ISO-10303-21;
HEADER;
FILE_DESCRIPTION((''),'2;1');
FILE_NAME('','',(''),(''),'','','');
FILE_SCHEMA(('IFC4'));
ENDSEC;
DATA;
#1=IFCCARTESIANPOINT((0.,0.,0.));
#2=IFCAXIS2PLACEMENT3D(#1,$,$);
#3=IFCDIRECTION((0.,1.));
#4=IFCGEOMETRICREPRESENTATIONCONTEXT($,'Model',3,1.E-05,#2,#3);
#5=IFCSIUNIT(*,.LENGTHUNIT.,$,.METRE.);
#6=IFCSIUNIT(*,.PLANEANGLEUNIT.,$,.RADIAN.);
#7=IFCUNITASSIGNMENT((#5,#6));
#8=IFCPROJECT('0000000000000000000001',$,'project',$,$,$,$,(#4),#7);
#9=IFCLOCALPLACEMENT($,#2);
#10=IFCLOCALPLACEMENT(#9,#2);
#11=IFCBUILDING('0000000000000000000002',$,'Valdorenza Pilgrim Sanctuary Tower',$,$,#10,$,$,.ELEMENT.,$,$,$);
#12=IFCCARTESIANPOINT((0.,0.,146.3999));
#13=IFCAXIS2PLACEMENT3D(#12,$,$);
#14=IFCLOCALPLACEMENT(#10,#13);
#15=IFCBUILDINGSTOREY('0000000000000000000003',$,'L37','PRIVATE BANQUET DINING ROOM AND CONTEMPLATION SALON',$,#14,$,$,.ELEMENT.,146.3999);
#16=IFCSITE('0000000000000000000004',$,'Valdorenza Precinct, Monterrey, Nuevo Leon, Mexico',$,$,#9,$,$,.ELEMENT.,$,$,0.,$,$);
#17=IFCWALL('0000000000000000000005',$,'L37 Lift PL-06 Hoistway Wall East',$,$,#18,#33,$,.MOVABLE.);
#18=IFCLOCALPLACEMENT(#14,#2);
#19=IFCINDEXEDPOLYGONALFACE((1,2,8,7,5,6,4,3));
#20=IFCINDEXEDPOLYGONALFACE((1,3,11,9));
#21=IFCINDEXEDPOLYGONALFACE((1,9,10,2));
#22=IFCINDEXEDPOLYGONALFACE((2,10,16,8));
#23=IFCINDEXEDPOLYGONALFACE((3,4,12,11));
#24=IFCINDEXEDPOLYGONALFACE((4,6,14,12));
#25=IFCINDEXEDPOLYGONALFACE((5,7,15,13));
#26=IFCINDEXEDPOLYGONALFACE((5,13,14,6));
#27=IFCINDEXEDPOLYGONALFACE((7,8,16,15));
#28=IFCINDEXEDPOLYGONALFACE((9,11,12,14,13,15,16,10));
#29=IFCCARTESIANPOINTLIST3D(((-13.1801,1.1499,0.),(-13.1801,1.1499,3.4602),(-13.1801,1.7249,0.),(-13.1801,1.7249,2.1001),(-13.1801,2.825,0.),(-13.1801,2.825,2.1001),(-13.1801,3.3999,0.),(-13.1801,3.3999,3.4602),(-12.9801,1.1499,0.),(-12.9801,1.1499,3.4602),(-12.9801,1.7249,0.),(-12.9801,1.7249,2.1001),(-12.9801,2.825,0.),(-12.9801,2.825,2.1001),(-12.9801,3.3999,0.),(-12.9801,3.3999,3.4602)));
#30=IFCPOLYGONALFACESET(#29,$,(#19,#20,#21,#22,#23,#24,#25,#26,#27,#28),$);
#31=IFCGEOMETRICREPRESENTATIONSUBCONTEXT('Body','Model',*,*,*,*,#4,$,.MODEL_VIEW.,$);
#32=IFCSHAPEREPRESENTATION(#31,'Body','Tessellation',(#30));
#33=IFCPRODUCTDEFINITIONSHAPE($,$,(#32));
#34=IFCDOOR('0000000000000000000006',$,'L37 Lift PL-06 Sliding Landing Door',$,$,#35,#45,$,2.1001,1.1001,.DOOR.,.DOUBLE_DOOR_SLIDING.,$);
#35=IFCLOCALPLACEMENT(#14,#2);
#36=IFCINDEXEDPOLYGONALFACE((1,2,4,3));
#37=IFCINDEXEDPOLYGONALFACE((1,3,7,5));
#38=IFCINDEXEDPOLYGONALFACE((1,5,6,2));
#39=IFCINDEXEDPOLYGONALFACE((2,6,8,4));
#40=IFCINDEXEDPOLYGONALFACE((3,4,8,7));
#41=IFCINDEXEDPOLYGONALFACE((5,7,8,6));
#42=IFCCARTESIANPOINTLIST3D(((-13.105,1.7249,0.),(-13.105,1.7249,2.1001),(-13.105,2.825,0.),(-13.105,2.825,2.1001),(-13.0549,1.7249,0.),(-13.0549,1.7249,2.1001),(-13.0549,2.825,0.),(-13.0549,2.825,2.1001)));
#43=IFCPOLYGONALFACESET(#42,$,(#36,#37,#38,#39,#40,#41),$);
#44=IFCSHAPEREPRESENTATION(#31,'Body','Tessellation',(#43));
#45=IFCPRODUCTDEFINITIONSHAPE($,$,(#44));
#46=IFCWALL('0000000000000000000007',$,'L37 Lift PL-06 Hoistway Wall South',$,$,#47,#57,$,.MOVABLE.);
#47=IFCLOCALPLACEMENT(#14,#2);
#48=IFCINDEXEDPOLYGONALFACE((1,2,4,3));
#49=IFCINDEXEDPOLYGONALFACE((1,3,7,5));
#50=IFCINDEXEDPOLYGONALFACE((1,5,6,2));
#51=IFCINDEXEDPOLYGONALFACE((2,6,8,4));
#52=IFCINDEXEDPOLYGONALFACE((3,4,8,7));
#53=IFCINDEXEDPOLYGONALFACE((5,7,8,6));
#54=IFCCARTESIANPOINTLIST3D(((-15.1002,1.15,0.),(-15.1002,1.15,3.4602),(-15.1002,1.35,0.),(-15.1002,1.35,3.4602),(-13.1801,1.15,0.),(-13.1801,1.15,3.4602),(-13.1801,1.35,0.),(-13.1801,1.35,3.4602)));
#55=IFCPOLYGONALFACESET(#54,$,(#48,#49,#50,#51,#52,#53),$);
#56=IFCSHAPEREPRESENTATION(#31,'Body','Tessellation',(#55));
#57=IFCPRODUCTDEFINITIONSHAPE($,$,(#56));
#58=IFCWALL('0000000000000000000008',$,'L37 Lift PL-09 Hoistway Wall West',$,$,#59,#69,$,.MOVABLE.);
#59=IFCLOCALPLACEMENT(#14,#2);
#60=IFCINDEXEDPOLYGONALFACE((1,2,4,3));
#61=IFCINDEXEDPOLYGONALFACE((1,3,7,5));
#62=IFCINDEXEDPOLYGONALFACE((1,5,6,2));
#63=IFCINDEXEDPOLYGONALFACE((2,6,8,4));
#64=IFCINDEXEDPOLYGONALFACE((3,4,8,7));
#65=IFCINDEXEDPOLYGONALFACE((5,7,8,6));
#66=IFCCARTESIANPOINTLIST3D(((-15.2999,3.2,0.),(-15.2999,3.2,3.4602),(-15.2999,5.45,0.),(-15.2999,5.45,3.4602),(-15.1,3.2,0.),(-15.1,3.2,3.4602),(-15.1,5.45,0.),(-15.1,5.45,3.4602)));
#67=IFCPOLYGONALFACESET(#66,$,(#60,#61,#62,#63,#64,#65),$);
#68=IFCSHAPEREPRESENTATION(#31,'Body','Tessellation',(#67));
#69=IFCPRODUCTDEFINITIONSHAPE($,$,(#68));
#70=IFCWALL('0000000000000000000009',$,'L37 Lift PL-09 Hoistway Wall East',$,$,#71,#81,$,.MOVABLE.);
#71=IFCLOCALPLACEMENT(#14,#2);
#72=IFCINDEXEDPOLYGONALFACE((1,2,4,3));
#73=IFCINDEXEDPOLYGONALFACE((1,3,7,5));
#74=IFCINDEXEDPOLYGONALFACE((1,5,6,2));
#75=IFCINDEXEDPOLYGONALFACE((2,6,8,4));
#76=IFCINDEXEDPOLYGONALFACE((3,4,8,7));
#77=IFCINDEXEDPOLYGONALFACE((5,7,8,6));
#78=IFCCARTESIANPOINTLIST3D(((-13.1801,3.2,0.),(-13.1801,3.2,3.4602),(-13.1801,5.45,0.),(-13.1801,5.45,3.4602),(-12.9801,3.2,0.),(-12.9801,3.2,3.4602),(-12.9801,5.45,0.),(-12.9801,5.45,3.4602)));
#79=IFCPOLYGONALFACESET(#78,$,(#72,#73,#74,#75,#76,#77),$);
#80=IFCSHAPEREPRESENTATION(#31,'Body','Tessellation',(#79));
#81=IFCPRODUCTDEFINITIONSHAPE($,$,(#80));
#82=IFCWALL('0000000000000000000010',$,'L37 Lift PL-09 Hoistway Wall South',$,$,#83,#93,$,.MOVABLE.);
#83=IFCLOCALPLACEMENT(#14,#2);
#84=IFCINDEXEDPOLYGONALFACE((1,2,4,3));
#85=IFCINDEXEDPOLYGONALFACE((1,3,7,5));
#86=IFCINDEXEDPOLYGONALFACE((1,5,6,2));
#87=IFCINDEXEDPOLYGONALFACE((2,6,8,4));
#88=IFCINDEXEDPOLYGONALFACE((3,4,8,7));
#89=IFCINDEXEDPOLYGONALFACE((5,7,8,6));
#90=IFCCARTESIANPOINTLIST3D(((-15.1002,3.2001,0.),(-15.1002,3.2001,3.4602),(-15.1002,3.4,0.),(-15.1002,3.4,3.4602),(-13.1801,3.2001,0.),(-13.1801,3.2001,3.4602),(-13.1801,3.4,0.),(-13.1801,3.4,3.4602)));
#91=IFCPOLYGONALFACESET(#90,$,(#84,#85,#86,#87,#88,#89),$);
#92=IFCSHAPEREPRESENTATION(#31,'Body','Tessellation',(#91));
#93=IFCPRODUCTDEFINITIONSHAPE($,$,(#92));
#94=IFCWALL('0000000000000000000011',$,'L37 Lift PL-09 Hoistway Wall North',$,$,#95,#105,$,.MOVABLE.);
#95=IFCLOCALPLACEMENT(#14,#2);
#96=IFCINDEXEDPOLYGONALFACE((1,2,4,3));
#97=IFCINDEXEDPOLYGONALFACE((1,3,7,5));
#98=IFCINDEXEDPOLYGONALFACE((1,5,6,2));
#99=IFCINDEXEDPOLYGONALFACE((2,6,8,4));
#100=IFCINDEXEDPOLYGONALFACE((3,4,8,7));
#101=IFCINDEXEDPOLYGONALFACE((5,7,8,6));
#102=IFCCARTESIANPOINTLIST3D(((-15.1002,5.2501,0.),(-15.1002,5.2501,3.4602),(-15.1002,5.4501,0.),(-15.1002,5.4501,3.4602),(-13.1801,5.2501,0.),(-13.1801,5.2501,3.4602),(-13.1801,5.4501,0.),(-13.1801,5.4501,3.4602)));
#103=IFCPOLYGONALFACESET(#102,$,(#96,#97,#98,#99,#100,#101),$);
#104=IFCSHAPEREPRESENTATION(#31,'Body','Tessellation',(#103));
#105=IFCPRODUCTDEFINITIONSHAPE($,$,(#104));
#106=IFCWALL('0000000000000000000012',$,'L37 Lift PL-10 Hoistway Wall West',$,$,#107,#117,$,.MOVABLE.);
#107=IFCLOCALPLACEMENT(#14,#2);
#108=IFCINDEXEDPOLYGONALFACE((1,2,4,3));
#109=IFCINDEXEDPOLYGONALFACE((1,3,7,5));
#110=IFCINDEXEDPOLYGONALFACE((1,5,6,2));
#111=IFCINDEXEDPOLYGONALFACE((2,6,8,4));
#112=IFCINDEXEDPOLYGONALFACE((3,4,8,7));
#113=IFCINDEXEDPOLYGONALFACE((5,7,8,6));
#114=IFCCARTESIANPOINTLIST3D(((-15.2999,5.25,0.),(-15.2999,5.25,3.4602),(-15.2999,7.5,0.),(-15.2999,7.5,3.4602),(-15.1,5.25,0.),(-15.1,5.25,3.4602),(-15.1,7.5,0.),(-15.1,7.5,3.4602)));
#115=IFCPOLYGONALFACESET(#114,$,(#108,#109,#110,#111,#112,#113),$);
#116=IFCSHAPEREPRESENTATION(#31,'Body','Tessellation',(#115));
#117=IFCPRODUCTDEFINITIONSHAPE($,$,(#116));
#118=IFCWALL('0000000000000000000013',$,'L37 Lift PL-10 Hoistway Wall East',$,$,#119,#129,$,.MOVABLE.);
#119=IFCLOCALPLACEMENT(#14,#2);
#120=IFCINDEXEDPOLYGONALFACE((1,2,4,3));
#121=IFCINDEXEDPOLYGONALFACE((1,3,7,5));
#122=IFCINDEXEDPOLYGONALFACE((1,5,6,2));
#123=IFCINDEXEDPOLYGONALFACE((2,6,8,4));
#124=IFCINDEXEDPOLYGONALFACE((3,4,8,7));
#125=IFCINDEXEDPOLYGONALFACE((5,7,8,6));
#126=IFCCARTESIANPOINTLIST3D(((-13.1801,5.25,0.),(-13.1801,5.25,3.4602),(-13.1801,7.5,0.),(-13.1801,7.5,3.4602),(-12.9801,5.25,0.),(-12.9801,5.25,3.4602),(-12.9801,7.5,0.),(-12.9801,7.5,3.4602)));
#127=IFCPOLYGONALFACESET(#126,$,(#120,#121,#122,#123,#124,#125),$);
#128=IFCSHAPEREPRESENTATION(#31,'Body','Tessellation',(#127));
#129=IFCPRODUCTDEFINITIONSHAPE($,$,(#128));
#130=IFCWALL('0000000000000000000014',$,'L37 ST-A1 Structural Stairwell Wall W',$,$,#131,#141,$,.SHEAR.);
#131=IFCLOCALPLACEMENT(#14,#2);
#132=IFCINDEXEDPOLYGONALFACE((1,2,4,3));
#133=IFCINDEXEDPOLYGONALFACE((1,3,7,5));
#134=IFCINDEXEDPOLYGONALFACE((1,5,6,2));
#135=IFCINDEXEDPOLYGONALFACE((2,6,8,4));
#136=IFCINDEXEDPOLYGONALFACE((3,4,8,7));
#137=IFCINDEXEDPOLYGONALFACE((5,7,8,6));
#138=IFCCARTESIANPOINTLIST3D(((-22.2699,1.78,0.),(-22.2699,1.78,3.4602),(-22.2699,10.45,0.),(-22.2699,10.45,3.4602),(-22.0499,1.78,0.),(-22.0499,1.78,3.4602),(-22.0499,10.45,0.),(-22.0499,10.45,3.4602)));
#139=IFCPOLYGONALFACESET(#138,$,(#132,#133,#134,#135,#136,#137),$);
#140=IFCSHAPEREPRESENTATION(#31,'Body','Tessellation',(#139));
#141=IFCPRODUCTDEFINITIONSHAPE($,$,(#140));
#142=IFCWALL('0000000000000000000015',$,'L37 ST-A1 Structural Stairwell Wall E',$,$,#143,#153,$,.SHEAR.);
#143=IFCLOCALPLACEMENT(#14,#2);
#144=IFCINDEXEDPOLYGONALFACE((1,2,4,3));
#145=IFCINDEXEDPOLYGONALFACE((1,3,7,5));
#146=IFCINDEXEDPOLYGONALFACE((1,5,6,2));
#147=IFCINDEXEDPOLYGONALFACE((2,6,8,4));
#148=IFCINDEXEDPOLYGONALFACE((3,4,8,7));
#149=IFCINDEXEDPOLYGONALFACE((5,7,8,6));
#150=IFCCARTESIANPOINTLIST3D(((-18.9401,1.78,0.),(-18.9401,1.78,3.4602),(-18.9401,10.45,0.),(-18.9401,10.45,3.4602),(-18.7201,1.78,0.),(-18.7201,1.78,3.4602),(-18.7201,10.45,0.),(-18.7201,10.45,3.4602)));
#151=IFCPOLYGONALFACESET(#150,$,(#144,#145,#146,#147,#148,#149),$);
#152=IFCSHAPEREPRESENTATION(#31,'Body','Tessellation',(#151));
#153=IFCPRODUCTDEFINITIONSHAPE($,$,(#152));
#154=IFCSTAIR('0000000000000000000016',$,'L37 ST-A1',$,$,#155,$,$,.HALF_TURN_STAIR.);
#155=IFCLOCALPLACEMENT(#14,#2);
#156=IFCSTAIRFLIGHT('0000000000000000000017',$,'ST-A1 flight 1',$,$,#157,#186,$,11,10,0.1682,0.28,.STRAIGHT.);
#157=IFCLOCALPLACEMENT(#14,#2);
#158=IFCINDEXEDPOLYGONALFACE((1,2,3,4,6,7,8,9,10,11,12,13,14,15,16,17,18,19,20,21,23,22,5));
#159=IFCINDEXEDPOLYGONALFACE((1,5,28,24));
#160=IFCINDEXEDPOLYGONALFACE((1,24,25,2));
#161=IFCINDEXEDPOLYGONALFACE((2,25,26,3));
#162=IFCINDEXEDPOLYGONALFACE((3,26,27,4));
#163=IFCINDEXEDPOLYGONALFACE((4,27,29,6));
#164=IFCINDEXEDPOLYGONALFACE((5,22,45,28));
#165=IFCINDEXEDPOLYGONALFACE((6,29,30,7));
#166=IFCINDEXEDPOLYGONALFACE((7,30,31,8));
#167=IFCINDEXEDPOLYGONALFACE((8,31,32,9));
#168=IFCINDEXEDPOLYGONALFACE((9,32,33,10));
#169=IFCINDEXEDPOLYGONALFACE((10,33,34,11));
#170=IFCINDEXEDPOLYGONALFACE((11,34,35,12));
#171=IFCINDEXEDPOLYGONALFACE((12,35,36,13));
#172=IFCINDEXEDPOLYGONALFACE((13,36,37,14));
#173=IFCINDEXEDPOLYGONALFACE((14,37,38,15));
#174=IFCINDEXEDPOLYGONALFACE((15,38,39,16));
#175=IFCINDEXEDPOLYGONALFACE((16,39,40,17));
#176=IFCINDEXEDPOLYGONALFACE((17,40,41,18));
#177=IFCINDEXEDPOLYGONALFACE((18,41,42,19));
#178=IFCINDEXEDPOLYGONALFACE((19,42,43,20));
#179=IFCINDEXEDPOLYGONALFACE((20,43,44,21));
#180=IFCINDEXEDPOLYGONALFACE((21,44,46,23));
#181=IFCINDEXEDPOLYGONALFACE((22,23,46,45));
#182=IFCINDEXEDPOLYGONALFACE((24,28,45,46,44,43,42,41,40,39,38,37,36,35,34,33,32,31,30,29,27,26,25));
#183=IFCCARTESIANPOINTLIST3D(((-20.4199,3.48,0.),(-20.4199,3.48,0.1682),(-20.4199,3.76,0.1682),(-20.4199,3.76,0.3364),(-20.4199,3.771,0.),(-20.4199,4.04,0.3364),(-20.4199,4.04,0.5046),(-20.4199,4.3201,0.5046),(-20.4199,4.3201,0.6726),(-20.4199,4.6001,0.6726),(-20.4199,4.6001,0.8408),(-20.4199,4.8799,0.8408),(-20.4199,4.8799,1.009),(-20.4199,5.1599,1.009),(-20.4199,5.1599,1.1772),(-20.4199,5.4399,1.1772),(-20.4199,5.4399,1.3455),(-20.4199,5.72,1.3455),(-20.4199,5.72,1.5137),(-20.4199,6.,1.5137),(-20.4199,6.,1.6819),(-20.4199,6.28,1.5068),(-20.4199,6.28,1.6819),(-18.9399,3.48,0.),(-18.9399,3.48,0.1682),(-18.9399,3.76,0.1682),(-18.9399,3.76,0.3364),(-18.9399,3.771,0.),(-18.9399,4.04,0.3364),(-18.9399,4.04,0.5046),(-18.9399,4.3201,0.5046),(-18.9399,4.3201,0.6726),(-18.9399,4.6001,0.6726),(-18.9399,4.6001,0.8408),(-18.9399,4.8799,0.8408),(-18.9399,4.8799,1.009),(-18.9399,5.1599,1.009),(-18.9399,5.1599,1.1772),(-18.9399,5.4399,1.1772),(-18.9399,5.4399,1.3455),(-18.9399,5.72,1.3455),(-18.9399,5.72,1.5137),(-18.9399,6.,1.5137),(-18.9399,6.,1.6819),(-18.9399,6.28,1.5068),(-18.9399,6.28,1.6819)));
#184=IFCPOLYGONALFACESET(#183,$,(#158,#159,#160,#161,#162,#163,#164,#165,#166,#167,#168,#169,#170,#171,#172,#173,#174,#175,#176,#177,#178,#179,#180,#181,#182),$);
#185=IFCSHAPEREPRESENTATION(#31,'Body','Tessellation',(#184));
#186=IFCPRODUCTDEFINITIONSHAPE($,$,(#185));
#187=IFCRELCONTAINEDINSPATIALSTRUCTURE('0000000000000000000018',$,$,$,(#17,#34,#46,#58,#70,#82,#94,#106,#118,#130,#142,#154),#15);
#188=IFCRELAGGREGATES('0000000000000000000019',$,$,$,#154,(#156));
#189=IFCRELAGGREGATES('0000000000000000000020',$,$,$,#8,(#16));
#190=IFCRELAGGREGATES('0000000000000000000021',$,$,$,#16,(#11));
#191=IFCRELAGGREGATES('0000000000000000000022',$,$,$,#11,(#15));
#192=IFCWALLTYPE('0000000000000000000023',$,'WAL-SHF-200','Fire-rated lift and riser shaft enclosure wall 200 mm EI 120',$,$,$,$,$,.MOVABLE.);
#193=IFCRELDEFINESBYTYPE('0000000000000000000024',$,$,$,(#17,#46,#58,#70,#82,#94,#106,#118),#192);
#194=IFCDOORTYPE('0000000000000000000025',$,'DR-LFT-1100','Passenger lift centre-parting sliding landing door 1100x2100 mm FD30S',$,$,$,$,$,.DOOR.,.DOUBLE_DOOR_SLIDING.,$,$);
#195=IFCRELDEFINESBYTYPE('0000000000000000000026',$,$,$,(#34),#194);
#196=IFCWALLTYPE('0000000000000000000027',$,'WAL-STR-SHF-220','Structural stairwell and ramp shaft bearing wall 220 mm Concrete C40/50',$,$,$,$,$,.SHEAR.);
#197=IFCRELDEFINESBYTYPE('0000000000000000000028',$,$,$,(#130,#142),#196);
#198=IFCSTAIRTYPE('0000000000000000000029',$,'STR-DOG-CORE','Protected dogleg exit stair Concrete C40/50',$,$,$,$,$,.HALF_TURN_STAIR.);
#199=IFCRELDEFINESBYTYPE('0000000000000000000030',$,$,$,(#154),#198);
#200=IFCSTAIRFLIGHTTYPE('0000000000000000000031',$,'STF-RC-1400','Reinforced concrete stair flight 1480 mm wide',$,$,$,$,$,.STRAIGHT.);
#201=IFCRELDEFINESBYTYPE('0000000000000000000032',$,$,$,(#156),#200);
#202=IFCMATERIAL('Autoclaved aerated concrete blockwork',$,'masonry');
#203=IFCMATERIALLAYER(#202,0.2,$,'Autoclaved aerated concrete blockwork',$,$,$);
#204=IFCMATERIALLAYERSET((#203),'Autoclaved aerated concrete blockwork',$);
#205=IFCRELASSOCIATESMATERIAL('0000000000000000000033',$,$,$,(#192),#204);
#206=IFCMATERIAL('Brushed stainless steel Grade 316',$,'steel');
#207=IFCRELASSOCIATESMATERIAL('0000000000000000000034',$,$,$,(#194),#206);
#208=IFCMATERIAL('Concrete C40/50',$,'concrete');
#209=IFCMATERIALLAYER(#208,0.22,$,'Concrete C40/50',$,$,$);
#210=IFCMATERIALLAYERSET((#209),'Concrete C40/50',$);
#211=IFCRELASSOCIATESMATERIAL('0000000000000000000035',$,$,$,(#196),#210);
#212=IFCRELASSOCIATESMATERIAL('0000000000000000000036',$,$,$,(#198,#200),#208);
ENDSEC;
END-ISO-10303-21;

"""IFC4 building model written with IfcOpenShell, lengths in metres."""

from ifc_helpers import new_model, si_unit, direction, frame, frame_2d, origin, place, context, subcontext, project, spatial, polyline, rectangle, outline, extrude, material, layer, layer_set, type_object, element, fill, aggregate, save


model = new_model("IFC4")

# Units and contexts
model_context = context("Model", 3, precision=1e-05, world=origin(), true_north=direction((0.0, 1.0)))
body_context = subcontext(model_context, "Body", "Model", "MODEL_VIEW")
ifc_project = project(units=[si_unit("LENGTHUNIT", "METRE"), si_unit("PLANEANGLEUNIT", "RADIAN")], contexts=[model_context])

# Site, building, storey
site_placement = place(None, origin())
site = spatial("IfcSite", under=ifc_project, at=site_placement, Name="Valdorenza Precinct, Monterrey, Nuevo Leon, Mexico", CompositionType="ELEMENT", RefElevation=0.0)
building_placement = place(site_placement, origin())
building = spatial("IfcBuilding", under=site, at=building_placement, Name="Valdorenza Pilgrim Sanctuary Tower", CompositionType="ELEMENT")
storey_placement = place(building_placement, frame((0.0, 0.0, 146.3999)))
storey = spatial("IfcBuildingStorey", under=building, at=storey_placement, Name="L37", Description="PRIVATE BANQUET DINING ROOM AND CONTEMPLATION SALON", CompositionType="ELEMENT", Elevation=146.3999)

# Shared definitions
ifc_material_1 = material(Name="Autoclaved aerated concrete blockwork", Category="masonry")
ifc_layer_1 = layer(ifc_material_1, 0.2, Name="Autoclaved aerated concrete blockwork")
ifc_layer_set_1 = layer_set([ifc_layer_1], Name="Autoclaved aerated concrete blockwork")
wall_type_1 = type_object("IfcWallType", Name="WAL-SHF-200", Description="Fire-rated lift and riser shaft enclosure wall 200 mm EI 120", PredefinedType="MOVABLE", material=ifc_layer_set_1)

# Shared definitions
ifc_material_2 = material(Name="Brushed stainless steel Grade 316", Category="steel")

# Wall, opening, door
wall_1_placement = place(storey_placement, frame((-13.0801, 1.1499, 0.0), z_axis=(0.0, 0.0, 1.0), x_axis=(0.0, 1.0, 0.0)))
wall_1 = element("IfcWall", 1, at=wall_1_placement, inside=storey, type_object=wall_type_1, Name="L37 Lift PL-06 Hoistway Wall East", PredefinedType="MOVABLE", context=body_context, shape_type="SweptSolid", body=[
    extrude(rectangle(XDim=2.25, YDim=0.2, at=frame_2d((1.125, 0.0))), origin(), (0.0, 0.0, 1.0), 3.4602),
])
opening_1_placement = place(wall_1_placement, frame((0.575, 0.0, 0.0)))
opening_1 = element("IfcOpeningElement", 2, at=opening_1_placement, cuts=wall_1, PredefinedType="OPENING", context=body_context, shape_type="SweptSolid", body=[
    extrude(rectangle(XDim=1.1001, YDim=2.1001, at=frame_2d((0.55, 1.05))), frame((0.0, 0.1147, 0.0), z_axis=(0.0, -1.0, 0.0), x_axis=(1.0, 0.0, 0.0)), (0.0, 0.0, 1.0), 0.2297),
])
door_type_1 = type_object("IfcDoorType", Name="DR-LFT-1100", Description="Passenger lift centre-parting sliding landing door 1100x2100 mm FD30S", OperationType="DOUBLE_DOOR_SLIDING", PredefinedType="DOOR", material=ifc_material_2)
door_1_placement = place(opening_1_placement, origin())
door_1 = element("IfcDoor", 3, at=door_1_placement, inside=storey, type_object=door_type_1, Name="L37 Lift PL-06 Sliding Landing Door", OperationType="DOUBLE_DOOR_SLIDING", OverallHeight=2.1001, OverallWidth=1.1001, PredefinedType="DOOR", context=body_context, shape_type="SweptSolid", body=[
    extrude(rectangle(XDim=1.1001, YDim=2.1001, at=frame_2d((0.55, 1.05))), frame((0.0, 0.0249, 0.0), z_axis=(0.0, -1.0, 0.0), x_axis=(1.0, 0.0, 0.0)), (0.0, 0.0, 1.0), 0.05),
])
fill(opening_1, door_1)

# Walls
wall_2_placement = place(storey_placement, frame((-15.1001, 1.25, 0.0), z_axis=(0.0, 0.0, 1.0), x_axis=(1.0, 0.0, 0.0)))
element("IfcWall", 4, at=wall_2_placement, inside=storey, type_object=wall_type_1, Name="L37 Lift PL-06 Hoistway Wall South", PredefinedType="MOVABLE", context=body_context, shape_type="SweptSolid", body=[
    extrude(rectangle(XDim=1.9202, YDim=0.2, at=frame_2d((0.96, 0.0))), origin(), (0.0, 0.0, 1.0), 3.4602),
])
for number, where, z_axis, x_axis, name in (
    (5, (-15.2, 3.2, 0.0), (0.0, 0.0, 1.0), (0.0, 1.0, 0.0), "L37 Lift PL-09 Hoistway Wall West"),
    (6, (-13.0801, 3.2, 0.0), (0.0, 0.0, 1.0), (0.0, 1.0, 0.0), "L37 Lift PL-09 Hoistway Wall East"),
):
    element("IfcWall", number, at=place(storey_placement, frame(where, z_axis=z_axis, x_axis=x_axis)), inside=storey, type_object=wall_type_1, Name=name, PredefinedType="MOVABLE", context=body_context, shape_type="SweptSolid", body=[
        extrude(rectangle(XDim=2.25, YDim=0.2, at=frame_2d((1.125, 0.0))), origin(), (0.0, 0.0, 1.0), 3.4602),
    ])
for number, where, z_axis, x_axis, name in (
    (7, (-15.1001, 3.3, 0.0), (0.0, 0.0, 1.0), (1.0, 0.0, 0.0), "L37 Lift PL-09 Hoistway Wall South"),
    (8, (-15.1001, 5.3501, 0.0), (0.0, 0.0, 1.0), (1.0, 0.0, 0.0), "L37 Lift PL-09 Hoistway Wall North"),
):
    element("IfcWall", number, at=place(storey_placement, frame(where, z_axis=z_axis, x_axis=x_axis)), inside=storey, type_object=wall_type_1, Name=name, PredefinedType="MOVABLE", context=body_context, shape_type="SweptSolid", body=[
        extrude(rectangle(XDim=1.9202, YDim=0.2, at=frame_2d((0.96, 0.0))), origin(), (0.0, 0.0, 1.0), 3.4602),
    ])
for number, where, z_axis, x_axis, name in (
    (9, (-15.2, 5.25, 0.0), (0.0, 0.0, 1.0), (0.0, 1.0, 0.0), "L37 Lift PL-10 Hoistway Wall West"),
    (10, (-13.0801, 5.25, 0.0), (0.0, 0.0, 1.0), (0.0, 1.0, 0.0), "L37 Lift PL-10 Hoistway Wall East"),
):
    element("IfcWall", number, at=place(storey_placement, frame(where, z_axis=z_axis, x_axis=x_axis)), inside=storey, type_object=wall_type_1, Name=name, PredefinedType="MOVABLE", context=body_context, shape_type="SweptSolid", body=[
        extrude(rectangle(XDim=2.25, YDim=0.2, at=frame_2d((1.125, 0.0))), origin(), (0.0, 0.0, 1.0), 3.4602),
    ])
ifc_material_3 = material(Name="Concrete C40/50", Category="concrete")
ifc_layer_2 = layer(ifc_material_3, 0.22, Name="Concrete C40/50")
ifc_layer_set_2 = layer_set([ifc_layer_2], Name="Concrete C40/50")
wall_type_2 = type_object("IfcWallType", Name="WAL-STR-SHF-220", Description="Structural stairwell and ramp shaft bearing wall 220 mm Concrete C40/50", PredefinedType="SHEAR", material=ifc_layer_set_2)
for number, where, z_axis, x_axis, name in (
    (11, (-22.1599, 1.78, 0.0), (0.0, 0.0, 1.0), (0.0, 1.0, 0.0), "L37 ST-A1 Structural Stairwell Wall W"),
    (12, (-18.8301, 1.78, 0.0), (0.0, 0.0, 1.0), (0.0, 1.0, 0.0), "L37 ST-A1 Structural Stairwell Wall E"),
):
    element("IfcWall", number, at=place(storey_placement, frame(where, z_axis=z_axis, x_axis=x_axis)), inside=storey, type_object=wall_type_2, Name=name, PredefinedType="SHEAR", context=body_context, shape_type="SweptSolid", body=[
        extrude(rectangle(XDim=8.6699, YDim=0.22, at=frame_2d((4.335, 0.0))), origin(), (0.0, 0.0, 1.0), 3.4602),
    ])

# Stair, stair flight
stair_type = type_object("IfcStairType", Name="STR-DOG-CORE", Description="Protected dogleg exit stair Concrete C40/50", PredefinedType="HALF_TURN_STAIR", material=ifc_material_3)
stair_placement = place(storey_placement, origin())
stair = element("IfcStair", 13, at=stair_placement, inside=storey, type_object=stair_type, Name="L37 ST-A1", PredefinedType="HALF_TURN_STAIR")
stair_flight_type = type_object("IfcStairFlightType", Name="STF-RC-1400", Description="Reinforced concrete stair flight 1480 mm wide", PredefinedType="STRAIGHT", material=ifc_material_3)
stair_flight_1_placement = place(storey_placement, frame((-19.6799, 3.48, 0.0), z_axis=(0.0, 0.0, 1.0), x_axis=(0.0, 1.0, 0.0)))
stair_flight_1 = element("IfcStairFlight", 14, at=stair_flight_1_placement, type_object=stair_flight_type, Name="ST-A1 flight 1", NumberOfRisers=11, NumberOfTreads=10, PredefinedType="STRAIGHT", RiserHeight=0.1682, TreadLength=0.28, context=body_context, shape_type="SweptSolid", body=[
    extrude(outline(polyline([(0.0, 0.0), (0.0, 0.1682), (0.28, 0.1682), (0.28, 0.3364), (0.5601, 0.3364), (0.5601, 0.5046), (0.8401, 0.5046), (0.8401, 0.6726), (1.1201, 0.6726), (1.1201, 0.8408), (1.3999, 0.8408), (1.3999, 1.009), (1.6799, 1.009), (1.6799, 1.1772), (1.96, 1.1772), (1.96, 1.3455), (2.24, 1.3455), (2.24, 1.5137), (2.52, 1.5137), (2.52, 1.6819), (2.8, 1.6819), (2.8, 1.8501), (2.8, 1.5068), (0.291, 0.0), (0.0, 0.0)])), frame((0.0, 0.74, 0.0), z_axis=(0.0, -1.0, 0.0), x_axis=(1.0, 0.0, 0.0)), (0.0, 0.0, 1.0), 1.48),
])
aggregate(stair, [stair_flight_1])

save(model, "model.ifc")
